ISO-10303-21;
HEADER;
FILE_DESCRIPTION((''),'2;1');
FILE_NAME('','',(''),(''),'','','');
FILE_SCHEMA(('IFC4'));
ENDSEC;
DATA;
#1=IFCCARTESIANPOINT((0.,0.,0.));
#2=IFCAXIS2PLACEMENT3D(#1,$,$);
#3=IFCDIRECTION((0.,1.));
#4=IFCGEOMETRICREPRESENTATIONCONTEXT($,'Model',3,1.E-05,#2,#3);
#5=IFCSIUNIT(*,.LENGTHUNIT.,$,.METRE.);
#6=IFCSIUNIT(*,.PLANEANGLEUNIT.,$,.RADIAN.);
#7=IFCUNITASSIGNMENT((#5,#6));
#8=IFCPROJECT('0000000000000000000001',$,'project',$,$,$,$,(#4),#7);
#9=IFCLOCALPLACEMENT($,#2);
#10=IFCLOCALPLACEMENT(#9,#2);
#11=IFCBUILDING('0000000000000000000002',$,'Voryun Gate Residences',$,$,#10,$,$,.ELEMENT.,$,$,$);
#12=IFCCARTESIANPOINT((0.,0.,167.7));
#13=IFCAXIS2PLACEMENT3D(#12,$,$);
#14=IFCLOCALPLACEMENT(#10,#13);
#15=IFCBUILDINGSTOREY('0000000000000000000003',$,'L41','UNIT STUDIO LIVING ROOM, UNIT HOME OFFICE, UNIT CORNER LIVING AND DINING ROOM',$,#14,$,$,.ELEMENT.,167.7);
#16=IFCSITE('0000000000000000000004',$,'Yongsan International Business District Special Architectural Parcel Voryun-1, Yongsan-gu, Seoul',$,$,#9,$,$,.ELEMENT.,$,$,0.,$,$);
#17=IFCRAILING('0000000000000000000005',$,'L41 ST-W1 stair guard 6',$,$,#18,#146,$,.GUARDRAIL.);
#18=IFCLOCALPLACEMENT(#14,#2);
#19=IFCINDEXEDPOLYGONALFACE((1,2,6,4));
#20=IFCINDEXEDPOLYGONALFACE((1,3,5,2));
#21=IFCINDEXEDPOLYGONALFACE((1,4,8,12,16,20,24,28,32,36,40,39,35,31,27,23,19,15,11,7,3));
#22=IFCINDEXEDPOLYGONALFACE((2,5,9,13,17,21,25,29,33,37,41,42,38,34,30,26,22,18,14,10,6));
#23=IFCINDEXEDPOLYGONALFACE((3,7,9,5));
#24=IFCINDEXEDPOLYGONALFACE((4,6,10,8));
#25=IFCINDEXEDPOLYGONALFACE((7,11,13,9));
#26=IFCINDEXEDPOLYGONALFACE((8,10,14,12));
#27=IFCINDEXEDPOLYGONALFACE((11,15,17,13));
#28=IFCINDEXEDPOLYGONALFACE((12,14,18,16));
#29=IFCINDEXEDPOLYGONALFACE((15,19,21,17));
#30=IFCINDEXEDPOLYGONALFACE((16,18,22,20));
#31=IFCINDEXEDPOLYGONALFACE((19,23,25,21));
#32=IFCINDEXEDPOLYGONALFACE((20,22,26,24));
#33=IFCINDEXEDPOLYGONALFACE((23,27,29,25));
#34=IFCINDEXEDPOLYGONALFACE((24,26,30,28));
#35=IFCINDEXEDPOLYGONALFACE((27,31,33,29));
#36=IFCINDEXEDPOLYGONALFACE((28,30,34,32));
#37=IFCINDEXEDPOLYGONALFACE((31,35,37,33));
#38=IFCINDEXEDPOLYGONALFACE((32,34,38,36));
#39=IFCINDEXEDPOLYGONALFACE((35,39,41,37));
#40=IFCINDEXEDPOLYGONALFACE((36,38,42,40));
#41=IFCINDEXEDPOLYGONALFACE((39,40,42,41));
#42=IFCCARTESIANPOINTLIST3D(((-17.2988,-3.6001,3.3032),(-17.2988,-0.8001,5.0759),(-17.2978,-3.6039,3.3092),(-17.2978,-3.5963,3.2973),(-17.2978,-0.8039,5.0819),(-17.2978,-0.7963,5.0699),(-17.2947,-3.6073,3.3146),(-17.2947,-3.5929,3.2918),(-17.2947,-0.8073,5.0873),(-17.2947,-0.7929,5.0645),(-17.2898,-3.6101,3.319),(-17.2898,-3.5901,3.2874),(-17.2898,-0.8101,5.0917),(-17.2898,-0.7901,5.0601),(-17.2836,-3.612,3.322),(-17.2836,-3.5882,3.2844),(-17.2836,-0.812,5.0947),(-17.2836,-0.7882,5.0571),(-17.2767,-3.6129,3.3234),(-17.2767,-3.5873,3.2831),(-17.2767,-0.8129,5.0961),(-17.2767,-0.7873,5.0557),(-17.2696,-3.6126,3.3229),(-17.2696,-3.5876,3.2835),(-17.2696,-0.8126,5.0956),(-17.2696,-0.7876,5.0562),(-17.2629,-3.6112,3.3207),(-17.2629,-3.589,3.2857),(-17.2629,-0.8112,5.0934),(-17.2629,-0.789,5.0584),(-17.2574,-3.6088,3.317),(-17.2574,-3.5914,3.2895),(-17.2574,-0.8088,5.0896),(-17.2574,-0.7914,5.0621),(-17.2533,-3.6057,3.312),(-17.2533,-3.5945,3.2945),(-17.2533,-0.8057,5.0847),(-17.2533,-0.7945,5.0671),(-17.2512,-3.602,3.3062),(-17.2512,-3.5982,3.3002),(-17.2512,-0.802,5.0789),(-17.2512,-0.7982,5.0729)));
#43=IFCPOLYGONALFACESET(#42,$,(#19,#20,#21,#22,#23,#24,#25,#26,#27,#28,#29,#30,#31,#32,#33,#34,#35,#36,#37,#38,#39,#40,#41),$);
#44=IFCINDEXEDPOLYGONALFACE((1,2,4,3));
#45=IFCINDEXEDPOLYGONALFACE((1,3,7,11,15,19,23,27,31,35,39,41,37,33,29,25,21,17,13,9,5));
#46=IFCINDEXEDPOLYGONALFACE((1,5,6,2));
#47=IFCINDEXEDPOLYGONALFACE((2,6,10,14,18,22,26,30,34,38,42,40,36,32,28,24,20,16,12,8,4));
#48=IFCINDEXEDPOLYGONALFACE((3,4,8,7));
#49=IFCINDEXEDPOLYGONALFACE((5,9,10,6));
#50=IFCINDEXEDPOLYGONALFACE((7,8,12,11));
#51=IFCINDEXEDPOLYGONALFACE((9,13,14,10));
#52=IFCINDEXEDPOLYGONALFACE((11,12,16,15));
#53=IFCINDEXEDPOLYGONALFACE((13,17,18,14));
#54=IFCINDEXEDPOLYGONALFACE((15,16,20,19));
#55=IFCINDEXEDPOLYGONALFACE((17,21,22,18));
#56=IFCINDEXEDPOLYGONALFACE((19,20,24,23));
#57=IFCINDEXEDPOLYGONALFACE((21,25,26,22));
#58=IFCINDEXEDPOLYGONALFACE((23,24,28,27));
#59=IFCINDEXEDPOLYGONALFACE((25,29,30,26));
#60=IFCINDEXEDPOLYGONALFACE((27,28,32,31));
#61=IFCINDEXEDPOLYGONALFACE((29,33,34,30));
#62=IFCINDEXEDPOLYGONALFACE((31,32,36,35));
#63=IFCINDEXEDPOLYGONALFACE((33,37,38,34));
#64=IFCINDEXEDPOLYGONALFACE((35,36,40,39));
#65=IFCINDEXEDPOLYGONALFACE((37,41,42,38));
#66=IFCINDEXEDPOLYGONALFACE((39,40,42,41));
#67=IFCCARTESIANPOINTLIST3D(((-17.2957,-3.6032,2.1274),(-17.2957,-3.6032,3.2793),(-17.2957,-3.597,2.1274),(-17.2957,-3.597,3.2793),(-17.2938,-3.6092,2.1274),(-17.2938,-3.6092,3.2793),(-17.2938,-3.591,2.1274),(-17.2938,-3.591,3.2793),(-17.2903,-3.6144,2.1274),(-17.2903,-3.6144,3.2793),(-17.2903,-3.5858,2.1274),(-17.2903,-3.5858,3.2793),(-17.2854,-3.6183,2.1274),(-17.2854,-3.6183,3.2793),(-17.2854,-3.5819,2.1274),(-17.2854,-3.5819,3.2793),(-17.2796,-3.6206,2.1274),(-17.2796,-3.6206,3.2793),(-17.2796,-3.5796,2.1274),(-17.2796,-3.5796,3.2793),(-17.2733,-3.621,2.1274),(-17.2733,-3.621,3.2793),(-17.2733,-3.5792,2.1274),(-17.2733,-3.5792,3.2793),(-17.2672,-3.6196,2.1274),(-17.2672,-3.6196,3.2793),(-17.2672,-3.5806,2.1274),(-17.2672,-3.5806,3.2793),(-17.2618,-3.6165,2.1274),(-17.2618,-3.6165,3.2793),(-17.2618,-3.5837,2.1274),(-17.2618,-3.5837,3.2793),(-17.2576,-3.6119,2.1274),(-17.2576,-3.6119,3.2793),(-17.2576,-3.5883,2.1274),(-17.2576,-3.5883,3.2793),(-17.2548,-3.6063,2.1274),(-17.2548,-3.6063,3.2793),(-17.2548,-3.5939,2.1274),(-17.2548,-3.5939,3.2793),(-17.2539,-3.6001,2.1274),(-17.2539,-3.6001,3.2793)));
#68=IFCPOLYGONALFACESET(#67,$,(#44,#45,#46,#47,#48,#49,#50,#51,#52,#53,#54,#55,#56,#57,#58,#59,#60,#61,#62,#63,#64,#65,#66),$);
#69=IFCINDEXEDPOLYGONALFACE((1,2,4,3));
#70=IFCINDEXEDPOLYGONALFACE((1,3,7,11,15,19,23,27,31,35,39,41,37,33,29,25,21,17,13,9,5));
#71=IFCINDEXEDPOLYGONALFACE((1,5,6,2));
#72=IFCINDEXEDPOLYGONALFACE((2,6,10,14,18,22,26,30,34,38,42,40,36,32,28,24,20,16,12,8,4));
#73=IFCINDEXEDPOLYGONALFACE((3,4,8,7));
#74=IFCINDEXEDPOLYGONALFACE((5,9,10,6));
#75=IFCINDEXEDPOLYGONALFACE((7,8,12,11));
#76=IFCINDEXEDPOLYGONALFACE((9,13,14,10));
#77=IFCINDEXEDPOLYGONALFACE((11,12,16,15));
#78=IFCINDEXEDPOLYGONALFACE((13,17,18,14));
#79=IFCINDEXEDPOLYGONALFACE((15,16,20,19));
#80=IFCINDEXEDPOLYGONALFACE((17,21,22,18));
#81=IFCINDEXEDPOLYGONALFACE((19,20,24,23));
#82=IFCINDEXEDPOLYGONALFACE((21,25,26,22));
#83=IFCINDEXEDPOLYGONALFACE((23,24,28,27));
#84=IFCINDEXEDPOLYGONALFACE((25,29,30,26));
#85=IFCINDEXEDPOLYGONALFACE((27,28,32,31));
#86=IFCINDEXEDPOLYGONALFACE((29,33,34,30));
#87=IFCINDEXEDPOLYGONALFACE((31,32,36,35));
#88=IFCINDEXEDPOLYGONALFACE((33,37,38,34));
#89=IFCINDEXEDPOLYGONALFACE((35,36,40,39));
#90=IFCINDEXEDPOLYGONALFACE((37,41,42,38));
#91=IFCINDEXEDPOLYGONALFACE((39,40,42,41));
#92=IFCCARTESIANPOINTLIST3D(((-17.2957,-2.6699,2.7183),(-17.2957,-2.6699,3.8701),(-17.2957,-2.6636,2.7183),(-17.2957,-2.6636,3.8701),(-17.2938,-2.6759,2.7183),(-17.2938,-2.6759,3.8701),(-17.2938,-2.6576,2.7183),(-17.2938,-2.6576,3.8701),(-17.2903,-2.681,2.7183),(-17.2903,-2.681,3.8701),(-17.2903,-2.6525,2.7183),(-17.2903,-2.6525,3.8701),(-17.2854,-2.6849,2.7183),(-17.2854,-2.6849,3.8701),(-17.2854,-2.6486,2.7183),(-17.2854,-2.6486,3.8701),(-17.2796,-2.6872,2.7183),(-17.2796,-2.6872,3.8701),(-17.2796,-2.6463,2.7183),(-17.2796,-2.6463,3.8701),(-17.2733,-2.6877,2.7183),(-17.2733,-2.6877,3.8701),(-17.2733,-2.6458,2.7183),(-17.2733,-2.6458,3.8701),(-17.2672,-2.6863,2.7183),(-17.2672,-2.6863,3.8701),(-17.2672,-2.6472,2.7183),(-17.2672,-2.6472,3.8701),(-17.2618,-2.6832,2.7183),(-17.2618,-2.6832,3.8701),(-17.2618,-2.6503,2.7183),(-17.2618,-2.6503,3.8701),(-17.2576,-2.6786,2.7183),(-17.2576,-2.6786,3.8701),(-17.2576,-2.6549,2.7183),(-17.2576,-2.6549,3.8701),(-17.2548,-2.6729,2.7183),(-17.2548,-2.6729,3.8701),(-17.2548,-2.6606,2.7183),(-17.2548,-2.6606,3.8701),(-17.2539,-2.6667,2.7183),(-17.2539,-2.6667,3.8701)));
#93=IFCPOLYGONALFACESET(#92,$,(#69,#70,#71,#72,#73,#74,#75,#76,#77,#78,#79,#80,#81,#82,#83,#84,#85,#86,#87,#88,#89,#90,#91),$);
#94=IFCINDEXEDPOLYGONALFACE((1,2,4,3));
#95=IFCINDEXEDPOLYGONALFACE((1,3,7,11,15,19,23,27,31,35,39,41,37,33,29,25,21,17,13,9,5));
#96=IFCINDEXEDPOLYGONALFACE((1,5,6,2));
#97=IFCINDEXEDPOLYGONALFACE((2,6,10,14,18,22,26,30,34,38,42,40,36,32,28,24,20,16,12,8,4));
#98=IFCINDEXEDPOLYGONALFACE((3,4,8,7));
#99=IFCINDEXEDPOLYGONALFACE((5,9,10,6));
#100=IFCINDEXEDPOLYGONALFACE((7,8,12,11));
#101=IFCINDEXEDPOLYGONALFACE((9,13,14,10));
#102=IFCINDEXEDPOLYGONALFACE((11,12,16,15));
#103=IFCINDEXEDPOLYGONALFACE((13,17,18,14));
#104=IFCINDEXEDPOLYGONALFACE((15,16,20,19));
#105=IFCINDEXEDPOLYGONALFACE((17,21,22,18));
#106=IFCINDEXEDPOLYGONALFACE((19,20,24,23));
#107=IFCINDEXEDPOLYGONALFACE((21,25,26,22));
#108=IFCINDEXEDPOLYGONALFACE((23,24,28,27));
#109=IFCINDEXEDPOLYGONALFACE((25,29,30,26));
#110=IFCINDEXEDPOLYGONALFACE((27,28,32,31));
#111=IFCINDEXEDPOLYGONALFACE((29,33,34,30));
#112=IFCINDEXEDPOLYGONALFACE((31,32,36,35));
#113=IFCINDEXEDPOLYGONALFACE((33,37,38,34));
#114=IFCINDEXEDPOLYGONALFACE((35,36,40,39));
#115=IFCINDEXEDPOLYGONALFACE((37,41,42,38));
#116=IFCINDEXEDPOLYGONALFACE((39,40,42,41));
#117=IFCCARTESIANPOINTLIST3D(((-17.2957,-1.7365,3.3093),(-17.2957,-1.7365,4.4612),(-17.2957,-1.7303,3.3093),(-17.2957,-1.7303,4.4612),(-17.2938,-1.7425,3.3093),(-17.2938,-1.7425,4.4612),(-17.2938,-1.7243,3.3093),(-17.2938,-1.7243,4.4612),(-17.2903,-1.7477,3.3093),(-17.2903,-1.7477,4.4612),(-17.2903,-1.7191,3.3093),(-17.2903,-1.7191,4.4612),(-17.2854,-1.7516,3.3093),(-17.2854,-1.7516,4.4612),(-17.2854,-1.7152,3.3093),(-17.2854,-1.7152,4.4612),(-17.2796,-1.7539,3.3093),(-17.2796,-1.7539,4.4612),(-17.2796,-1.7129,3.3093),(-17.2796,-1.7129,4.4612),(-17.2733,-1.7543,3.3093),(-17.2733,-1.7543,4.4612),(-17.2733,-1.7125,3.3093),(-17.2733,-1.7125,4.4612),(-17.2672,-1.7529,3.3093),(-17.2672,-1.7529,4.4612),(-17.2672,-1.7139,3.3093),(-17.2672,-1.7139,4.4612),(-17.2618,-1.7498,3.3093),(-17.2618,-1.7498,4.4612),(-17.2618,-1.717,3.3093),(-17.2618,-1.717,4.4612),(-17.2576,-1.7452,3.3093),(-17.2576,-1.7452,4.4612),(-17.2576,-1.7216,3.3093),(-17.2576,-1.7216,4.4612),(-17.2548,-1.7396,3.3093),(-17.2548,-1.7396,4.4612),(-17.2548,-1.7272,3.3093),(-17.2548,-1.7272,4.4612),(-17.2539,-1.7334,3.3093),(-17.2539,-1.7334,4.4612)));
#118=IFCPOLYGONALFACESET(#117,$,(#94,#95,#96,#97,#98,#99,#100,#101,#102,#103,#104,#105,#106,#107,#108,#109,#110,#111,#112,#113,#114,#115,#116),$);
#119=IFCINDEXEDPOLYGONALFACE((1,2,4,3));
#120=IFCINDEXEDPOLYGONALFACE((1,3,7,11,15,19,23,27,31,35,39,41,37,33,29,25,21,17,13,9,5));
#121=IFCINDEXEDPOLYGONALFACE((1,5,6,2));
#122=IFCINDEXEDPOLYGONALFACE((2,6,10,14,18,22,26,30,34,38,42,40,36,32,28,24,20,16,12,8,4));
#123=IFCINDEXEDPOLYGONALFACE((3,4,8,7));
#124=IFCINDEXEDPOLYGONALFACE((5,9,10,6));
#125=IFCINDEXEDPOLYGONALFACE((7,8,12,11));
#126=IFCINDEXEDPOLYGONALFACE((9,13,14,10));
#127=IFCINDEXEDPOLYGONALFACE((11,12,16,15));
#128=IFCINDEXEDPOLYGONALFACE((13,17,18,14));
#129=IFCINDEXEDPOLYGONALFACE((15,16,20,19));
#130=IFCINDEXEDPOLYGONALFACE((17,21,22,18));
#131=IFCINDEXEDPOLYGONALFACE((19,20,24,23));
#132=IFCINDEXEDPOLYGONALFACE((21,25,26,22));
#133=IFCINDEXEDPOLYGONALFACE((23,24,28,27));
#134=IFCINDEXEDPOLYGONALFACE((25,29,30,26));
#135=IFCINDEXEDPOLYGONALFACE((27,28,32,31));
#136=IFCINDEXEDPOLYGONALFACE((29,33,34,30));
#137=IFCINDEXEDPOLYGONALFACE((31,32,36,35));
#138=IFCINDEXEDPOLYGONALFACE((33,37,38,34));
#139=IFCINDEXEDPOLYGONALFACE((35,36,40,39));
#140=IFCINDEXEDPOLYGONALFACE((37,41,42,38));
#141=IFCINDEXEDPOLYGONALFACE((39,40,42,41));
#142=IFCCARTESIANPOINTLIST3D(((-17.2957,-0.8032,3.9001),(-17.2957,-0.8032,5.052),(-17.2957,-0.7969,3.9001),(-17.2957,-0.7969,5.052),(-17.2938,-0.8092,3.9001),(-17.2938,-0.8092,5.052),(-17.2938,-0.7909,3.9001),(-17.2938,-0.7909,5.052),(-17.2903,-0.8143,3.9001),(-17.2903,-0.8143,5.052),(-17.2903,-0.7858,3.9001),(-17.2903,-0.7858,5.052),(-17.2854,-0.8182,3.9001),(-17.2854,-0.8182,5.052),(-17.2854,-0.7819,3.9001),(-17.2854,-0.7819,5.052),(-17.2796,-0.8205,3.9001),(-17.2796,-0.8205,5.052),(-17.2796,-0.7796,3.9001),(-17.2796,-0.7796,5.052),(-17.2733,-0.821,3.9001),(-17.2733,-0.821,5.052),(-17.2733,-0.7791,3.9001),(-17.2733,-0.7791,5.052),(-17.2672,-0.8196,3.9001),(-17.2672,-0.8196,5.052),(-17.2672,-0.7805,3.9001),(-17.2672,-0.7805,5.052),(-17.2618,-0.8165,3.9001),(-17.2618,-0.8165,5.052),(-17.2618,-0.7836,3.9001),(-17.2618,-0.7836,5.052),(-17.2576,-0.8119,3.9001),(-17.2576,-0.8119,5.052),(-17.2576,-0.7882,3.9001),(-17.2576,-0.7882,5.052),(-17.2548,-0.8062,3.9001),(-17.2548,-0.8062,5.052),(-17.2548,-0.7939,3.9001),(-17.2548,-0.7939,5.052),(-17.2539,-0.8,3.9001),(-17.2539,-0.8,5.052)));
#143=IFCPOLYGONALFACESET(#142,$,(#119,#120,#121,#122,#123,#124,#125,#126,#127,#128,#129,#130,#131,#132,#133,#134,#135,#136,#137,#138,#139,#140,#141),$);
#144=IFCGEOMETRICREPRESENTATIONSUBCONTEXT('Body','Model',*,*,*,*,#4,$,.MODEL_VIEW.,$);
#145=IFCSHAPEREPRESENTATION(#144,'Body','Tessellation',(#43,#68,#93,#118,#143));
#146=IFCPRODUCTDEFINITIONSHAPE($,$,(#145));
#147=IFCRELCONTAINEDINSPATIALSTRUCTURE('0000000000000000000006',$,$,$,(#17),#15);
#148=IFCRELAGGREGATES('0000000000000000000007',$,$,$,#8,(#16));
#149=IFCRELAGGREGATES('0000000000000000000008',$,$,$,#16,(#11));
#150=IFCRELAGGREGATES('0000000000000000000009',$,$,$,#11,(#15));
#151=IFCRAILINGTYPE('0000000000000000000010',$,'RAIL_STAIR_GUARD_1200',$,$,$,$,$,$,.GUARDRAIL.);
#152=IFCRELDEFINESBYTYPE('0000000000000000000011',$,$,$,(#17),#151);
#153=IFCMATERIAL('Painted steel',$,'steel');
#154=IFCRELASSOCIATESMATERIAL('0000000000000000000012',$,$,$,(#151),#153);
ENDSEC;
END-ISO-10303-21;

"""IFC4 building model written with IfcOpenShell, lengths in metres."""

from ifc_helpers import new_model, si_unit, direction, frame, origin, origin_2d, place, context, subcontext, project, spatial, circle, extrude, material, type_object, element, save


model = new_model("IFC4")

# Units and contexts
model_context = context("Model", 3, precision=1e-05, world=origin(), true_north=direction((0.0, 1.0)))
body_context = subcontext(model_context, "Body", "Model", "MODEL_VIEW")
ifc_project = project(units=[si_unit("LENGTHUNIT", "METRE"), si_unit("PLANEANGLEUNIT", "RADIAN")], contexts=[model_context])

# Site, building, storey
site_placement = place(None, origin())
site = spatial("IfcSite", under=ifc_project, at=site_placement, Name="Yongsan International Business District Special Architectural Parcel Voryun-1, Yongsan-gu, Seoul", CompositionType="ELEMENT", RefElevation=0.0)
building_placement = place(site_placement, origin())
building = spatial("IfcBuilding", under=site, at=building_placement, Name="Voryun Gate Residences", CompositionType="ELEMENT")
storey_placement = place(building_placement, frame((0.0, 0.0, 167.7)))
storey = spatial("IfcBuildingStorey", under=building, at=storey_placement, Name="L41", Description="UNIT STUDIO LIVING ROOM, UNIT HOME OFFICE, UNIT CORNER LIVING AND DINING ROOM", CompositionType="ELEMENT", Elevation=167.7)

# Railing
ifc_material_1 = material(Name="Painted steel", Category="steel")
railing_type_1 = type_object("IfcRailingType", Name="RAIL_STAIR_GUARD_1200", PredefinedType="GUARDRAIL", material=ifc_material_1)
railing_1_placement = place(storey_placement, frame((-17.2749, -3.6001, 2.1274)))
element("IfcRailing", 1, at=railing_1_placement, inside=storey, type_object=railing_type_1, Name="L41 ST-W1 stair guard 6", PredefinedType="GUARDRAIL", context=body_context, shape_type="SweptSolid", body=[
    extrude(circle(Radius=0.0239, at=origin_2d()), frame((0.0, 0.0, 1.1758), z_axis=(0.0, 0.844909, 0.53491), x_axis=(-1.0, 0.0, 0.0)), (0.0, 0.0, 1.0), 3.314),
    extrude(circle(Radius=0.021, at=origin_2d()), origin(), (0.0, 0.0, 1.0), 1.1519),
    extrude(circle(Radius=0.021, at=origin_2d()), frame((0.0, 0.9333, 0.5908)), (0.0, 0.0, 1.0), 1.1519),
    extrude(circle(Radius=0.021, at=origin_2d()), frame((0.0, 1.8667, 1.1819)), (0.0, 0.0, 1.0), 1.1519),
    extrude(circle(Radius=0.021, at=origin_2d()), frame((0.0, 2.8, 1.7727)), (0.0, 0.0, 1.0), 1.1519),
])

save(model, "model.ifc")
